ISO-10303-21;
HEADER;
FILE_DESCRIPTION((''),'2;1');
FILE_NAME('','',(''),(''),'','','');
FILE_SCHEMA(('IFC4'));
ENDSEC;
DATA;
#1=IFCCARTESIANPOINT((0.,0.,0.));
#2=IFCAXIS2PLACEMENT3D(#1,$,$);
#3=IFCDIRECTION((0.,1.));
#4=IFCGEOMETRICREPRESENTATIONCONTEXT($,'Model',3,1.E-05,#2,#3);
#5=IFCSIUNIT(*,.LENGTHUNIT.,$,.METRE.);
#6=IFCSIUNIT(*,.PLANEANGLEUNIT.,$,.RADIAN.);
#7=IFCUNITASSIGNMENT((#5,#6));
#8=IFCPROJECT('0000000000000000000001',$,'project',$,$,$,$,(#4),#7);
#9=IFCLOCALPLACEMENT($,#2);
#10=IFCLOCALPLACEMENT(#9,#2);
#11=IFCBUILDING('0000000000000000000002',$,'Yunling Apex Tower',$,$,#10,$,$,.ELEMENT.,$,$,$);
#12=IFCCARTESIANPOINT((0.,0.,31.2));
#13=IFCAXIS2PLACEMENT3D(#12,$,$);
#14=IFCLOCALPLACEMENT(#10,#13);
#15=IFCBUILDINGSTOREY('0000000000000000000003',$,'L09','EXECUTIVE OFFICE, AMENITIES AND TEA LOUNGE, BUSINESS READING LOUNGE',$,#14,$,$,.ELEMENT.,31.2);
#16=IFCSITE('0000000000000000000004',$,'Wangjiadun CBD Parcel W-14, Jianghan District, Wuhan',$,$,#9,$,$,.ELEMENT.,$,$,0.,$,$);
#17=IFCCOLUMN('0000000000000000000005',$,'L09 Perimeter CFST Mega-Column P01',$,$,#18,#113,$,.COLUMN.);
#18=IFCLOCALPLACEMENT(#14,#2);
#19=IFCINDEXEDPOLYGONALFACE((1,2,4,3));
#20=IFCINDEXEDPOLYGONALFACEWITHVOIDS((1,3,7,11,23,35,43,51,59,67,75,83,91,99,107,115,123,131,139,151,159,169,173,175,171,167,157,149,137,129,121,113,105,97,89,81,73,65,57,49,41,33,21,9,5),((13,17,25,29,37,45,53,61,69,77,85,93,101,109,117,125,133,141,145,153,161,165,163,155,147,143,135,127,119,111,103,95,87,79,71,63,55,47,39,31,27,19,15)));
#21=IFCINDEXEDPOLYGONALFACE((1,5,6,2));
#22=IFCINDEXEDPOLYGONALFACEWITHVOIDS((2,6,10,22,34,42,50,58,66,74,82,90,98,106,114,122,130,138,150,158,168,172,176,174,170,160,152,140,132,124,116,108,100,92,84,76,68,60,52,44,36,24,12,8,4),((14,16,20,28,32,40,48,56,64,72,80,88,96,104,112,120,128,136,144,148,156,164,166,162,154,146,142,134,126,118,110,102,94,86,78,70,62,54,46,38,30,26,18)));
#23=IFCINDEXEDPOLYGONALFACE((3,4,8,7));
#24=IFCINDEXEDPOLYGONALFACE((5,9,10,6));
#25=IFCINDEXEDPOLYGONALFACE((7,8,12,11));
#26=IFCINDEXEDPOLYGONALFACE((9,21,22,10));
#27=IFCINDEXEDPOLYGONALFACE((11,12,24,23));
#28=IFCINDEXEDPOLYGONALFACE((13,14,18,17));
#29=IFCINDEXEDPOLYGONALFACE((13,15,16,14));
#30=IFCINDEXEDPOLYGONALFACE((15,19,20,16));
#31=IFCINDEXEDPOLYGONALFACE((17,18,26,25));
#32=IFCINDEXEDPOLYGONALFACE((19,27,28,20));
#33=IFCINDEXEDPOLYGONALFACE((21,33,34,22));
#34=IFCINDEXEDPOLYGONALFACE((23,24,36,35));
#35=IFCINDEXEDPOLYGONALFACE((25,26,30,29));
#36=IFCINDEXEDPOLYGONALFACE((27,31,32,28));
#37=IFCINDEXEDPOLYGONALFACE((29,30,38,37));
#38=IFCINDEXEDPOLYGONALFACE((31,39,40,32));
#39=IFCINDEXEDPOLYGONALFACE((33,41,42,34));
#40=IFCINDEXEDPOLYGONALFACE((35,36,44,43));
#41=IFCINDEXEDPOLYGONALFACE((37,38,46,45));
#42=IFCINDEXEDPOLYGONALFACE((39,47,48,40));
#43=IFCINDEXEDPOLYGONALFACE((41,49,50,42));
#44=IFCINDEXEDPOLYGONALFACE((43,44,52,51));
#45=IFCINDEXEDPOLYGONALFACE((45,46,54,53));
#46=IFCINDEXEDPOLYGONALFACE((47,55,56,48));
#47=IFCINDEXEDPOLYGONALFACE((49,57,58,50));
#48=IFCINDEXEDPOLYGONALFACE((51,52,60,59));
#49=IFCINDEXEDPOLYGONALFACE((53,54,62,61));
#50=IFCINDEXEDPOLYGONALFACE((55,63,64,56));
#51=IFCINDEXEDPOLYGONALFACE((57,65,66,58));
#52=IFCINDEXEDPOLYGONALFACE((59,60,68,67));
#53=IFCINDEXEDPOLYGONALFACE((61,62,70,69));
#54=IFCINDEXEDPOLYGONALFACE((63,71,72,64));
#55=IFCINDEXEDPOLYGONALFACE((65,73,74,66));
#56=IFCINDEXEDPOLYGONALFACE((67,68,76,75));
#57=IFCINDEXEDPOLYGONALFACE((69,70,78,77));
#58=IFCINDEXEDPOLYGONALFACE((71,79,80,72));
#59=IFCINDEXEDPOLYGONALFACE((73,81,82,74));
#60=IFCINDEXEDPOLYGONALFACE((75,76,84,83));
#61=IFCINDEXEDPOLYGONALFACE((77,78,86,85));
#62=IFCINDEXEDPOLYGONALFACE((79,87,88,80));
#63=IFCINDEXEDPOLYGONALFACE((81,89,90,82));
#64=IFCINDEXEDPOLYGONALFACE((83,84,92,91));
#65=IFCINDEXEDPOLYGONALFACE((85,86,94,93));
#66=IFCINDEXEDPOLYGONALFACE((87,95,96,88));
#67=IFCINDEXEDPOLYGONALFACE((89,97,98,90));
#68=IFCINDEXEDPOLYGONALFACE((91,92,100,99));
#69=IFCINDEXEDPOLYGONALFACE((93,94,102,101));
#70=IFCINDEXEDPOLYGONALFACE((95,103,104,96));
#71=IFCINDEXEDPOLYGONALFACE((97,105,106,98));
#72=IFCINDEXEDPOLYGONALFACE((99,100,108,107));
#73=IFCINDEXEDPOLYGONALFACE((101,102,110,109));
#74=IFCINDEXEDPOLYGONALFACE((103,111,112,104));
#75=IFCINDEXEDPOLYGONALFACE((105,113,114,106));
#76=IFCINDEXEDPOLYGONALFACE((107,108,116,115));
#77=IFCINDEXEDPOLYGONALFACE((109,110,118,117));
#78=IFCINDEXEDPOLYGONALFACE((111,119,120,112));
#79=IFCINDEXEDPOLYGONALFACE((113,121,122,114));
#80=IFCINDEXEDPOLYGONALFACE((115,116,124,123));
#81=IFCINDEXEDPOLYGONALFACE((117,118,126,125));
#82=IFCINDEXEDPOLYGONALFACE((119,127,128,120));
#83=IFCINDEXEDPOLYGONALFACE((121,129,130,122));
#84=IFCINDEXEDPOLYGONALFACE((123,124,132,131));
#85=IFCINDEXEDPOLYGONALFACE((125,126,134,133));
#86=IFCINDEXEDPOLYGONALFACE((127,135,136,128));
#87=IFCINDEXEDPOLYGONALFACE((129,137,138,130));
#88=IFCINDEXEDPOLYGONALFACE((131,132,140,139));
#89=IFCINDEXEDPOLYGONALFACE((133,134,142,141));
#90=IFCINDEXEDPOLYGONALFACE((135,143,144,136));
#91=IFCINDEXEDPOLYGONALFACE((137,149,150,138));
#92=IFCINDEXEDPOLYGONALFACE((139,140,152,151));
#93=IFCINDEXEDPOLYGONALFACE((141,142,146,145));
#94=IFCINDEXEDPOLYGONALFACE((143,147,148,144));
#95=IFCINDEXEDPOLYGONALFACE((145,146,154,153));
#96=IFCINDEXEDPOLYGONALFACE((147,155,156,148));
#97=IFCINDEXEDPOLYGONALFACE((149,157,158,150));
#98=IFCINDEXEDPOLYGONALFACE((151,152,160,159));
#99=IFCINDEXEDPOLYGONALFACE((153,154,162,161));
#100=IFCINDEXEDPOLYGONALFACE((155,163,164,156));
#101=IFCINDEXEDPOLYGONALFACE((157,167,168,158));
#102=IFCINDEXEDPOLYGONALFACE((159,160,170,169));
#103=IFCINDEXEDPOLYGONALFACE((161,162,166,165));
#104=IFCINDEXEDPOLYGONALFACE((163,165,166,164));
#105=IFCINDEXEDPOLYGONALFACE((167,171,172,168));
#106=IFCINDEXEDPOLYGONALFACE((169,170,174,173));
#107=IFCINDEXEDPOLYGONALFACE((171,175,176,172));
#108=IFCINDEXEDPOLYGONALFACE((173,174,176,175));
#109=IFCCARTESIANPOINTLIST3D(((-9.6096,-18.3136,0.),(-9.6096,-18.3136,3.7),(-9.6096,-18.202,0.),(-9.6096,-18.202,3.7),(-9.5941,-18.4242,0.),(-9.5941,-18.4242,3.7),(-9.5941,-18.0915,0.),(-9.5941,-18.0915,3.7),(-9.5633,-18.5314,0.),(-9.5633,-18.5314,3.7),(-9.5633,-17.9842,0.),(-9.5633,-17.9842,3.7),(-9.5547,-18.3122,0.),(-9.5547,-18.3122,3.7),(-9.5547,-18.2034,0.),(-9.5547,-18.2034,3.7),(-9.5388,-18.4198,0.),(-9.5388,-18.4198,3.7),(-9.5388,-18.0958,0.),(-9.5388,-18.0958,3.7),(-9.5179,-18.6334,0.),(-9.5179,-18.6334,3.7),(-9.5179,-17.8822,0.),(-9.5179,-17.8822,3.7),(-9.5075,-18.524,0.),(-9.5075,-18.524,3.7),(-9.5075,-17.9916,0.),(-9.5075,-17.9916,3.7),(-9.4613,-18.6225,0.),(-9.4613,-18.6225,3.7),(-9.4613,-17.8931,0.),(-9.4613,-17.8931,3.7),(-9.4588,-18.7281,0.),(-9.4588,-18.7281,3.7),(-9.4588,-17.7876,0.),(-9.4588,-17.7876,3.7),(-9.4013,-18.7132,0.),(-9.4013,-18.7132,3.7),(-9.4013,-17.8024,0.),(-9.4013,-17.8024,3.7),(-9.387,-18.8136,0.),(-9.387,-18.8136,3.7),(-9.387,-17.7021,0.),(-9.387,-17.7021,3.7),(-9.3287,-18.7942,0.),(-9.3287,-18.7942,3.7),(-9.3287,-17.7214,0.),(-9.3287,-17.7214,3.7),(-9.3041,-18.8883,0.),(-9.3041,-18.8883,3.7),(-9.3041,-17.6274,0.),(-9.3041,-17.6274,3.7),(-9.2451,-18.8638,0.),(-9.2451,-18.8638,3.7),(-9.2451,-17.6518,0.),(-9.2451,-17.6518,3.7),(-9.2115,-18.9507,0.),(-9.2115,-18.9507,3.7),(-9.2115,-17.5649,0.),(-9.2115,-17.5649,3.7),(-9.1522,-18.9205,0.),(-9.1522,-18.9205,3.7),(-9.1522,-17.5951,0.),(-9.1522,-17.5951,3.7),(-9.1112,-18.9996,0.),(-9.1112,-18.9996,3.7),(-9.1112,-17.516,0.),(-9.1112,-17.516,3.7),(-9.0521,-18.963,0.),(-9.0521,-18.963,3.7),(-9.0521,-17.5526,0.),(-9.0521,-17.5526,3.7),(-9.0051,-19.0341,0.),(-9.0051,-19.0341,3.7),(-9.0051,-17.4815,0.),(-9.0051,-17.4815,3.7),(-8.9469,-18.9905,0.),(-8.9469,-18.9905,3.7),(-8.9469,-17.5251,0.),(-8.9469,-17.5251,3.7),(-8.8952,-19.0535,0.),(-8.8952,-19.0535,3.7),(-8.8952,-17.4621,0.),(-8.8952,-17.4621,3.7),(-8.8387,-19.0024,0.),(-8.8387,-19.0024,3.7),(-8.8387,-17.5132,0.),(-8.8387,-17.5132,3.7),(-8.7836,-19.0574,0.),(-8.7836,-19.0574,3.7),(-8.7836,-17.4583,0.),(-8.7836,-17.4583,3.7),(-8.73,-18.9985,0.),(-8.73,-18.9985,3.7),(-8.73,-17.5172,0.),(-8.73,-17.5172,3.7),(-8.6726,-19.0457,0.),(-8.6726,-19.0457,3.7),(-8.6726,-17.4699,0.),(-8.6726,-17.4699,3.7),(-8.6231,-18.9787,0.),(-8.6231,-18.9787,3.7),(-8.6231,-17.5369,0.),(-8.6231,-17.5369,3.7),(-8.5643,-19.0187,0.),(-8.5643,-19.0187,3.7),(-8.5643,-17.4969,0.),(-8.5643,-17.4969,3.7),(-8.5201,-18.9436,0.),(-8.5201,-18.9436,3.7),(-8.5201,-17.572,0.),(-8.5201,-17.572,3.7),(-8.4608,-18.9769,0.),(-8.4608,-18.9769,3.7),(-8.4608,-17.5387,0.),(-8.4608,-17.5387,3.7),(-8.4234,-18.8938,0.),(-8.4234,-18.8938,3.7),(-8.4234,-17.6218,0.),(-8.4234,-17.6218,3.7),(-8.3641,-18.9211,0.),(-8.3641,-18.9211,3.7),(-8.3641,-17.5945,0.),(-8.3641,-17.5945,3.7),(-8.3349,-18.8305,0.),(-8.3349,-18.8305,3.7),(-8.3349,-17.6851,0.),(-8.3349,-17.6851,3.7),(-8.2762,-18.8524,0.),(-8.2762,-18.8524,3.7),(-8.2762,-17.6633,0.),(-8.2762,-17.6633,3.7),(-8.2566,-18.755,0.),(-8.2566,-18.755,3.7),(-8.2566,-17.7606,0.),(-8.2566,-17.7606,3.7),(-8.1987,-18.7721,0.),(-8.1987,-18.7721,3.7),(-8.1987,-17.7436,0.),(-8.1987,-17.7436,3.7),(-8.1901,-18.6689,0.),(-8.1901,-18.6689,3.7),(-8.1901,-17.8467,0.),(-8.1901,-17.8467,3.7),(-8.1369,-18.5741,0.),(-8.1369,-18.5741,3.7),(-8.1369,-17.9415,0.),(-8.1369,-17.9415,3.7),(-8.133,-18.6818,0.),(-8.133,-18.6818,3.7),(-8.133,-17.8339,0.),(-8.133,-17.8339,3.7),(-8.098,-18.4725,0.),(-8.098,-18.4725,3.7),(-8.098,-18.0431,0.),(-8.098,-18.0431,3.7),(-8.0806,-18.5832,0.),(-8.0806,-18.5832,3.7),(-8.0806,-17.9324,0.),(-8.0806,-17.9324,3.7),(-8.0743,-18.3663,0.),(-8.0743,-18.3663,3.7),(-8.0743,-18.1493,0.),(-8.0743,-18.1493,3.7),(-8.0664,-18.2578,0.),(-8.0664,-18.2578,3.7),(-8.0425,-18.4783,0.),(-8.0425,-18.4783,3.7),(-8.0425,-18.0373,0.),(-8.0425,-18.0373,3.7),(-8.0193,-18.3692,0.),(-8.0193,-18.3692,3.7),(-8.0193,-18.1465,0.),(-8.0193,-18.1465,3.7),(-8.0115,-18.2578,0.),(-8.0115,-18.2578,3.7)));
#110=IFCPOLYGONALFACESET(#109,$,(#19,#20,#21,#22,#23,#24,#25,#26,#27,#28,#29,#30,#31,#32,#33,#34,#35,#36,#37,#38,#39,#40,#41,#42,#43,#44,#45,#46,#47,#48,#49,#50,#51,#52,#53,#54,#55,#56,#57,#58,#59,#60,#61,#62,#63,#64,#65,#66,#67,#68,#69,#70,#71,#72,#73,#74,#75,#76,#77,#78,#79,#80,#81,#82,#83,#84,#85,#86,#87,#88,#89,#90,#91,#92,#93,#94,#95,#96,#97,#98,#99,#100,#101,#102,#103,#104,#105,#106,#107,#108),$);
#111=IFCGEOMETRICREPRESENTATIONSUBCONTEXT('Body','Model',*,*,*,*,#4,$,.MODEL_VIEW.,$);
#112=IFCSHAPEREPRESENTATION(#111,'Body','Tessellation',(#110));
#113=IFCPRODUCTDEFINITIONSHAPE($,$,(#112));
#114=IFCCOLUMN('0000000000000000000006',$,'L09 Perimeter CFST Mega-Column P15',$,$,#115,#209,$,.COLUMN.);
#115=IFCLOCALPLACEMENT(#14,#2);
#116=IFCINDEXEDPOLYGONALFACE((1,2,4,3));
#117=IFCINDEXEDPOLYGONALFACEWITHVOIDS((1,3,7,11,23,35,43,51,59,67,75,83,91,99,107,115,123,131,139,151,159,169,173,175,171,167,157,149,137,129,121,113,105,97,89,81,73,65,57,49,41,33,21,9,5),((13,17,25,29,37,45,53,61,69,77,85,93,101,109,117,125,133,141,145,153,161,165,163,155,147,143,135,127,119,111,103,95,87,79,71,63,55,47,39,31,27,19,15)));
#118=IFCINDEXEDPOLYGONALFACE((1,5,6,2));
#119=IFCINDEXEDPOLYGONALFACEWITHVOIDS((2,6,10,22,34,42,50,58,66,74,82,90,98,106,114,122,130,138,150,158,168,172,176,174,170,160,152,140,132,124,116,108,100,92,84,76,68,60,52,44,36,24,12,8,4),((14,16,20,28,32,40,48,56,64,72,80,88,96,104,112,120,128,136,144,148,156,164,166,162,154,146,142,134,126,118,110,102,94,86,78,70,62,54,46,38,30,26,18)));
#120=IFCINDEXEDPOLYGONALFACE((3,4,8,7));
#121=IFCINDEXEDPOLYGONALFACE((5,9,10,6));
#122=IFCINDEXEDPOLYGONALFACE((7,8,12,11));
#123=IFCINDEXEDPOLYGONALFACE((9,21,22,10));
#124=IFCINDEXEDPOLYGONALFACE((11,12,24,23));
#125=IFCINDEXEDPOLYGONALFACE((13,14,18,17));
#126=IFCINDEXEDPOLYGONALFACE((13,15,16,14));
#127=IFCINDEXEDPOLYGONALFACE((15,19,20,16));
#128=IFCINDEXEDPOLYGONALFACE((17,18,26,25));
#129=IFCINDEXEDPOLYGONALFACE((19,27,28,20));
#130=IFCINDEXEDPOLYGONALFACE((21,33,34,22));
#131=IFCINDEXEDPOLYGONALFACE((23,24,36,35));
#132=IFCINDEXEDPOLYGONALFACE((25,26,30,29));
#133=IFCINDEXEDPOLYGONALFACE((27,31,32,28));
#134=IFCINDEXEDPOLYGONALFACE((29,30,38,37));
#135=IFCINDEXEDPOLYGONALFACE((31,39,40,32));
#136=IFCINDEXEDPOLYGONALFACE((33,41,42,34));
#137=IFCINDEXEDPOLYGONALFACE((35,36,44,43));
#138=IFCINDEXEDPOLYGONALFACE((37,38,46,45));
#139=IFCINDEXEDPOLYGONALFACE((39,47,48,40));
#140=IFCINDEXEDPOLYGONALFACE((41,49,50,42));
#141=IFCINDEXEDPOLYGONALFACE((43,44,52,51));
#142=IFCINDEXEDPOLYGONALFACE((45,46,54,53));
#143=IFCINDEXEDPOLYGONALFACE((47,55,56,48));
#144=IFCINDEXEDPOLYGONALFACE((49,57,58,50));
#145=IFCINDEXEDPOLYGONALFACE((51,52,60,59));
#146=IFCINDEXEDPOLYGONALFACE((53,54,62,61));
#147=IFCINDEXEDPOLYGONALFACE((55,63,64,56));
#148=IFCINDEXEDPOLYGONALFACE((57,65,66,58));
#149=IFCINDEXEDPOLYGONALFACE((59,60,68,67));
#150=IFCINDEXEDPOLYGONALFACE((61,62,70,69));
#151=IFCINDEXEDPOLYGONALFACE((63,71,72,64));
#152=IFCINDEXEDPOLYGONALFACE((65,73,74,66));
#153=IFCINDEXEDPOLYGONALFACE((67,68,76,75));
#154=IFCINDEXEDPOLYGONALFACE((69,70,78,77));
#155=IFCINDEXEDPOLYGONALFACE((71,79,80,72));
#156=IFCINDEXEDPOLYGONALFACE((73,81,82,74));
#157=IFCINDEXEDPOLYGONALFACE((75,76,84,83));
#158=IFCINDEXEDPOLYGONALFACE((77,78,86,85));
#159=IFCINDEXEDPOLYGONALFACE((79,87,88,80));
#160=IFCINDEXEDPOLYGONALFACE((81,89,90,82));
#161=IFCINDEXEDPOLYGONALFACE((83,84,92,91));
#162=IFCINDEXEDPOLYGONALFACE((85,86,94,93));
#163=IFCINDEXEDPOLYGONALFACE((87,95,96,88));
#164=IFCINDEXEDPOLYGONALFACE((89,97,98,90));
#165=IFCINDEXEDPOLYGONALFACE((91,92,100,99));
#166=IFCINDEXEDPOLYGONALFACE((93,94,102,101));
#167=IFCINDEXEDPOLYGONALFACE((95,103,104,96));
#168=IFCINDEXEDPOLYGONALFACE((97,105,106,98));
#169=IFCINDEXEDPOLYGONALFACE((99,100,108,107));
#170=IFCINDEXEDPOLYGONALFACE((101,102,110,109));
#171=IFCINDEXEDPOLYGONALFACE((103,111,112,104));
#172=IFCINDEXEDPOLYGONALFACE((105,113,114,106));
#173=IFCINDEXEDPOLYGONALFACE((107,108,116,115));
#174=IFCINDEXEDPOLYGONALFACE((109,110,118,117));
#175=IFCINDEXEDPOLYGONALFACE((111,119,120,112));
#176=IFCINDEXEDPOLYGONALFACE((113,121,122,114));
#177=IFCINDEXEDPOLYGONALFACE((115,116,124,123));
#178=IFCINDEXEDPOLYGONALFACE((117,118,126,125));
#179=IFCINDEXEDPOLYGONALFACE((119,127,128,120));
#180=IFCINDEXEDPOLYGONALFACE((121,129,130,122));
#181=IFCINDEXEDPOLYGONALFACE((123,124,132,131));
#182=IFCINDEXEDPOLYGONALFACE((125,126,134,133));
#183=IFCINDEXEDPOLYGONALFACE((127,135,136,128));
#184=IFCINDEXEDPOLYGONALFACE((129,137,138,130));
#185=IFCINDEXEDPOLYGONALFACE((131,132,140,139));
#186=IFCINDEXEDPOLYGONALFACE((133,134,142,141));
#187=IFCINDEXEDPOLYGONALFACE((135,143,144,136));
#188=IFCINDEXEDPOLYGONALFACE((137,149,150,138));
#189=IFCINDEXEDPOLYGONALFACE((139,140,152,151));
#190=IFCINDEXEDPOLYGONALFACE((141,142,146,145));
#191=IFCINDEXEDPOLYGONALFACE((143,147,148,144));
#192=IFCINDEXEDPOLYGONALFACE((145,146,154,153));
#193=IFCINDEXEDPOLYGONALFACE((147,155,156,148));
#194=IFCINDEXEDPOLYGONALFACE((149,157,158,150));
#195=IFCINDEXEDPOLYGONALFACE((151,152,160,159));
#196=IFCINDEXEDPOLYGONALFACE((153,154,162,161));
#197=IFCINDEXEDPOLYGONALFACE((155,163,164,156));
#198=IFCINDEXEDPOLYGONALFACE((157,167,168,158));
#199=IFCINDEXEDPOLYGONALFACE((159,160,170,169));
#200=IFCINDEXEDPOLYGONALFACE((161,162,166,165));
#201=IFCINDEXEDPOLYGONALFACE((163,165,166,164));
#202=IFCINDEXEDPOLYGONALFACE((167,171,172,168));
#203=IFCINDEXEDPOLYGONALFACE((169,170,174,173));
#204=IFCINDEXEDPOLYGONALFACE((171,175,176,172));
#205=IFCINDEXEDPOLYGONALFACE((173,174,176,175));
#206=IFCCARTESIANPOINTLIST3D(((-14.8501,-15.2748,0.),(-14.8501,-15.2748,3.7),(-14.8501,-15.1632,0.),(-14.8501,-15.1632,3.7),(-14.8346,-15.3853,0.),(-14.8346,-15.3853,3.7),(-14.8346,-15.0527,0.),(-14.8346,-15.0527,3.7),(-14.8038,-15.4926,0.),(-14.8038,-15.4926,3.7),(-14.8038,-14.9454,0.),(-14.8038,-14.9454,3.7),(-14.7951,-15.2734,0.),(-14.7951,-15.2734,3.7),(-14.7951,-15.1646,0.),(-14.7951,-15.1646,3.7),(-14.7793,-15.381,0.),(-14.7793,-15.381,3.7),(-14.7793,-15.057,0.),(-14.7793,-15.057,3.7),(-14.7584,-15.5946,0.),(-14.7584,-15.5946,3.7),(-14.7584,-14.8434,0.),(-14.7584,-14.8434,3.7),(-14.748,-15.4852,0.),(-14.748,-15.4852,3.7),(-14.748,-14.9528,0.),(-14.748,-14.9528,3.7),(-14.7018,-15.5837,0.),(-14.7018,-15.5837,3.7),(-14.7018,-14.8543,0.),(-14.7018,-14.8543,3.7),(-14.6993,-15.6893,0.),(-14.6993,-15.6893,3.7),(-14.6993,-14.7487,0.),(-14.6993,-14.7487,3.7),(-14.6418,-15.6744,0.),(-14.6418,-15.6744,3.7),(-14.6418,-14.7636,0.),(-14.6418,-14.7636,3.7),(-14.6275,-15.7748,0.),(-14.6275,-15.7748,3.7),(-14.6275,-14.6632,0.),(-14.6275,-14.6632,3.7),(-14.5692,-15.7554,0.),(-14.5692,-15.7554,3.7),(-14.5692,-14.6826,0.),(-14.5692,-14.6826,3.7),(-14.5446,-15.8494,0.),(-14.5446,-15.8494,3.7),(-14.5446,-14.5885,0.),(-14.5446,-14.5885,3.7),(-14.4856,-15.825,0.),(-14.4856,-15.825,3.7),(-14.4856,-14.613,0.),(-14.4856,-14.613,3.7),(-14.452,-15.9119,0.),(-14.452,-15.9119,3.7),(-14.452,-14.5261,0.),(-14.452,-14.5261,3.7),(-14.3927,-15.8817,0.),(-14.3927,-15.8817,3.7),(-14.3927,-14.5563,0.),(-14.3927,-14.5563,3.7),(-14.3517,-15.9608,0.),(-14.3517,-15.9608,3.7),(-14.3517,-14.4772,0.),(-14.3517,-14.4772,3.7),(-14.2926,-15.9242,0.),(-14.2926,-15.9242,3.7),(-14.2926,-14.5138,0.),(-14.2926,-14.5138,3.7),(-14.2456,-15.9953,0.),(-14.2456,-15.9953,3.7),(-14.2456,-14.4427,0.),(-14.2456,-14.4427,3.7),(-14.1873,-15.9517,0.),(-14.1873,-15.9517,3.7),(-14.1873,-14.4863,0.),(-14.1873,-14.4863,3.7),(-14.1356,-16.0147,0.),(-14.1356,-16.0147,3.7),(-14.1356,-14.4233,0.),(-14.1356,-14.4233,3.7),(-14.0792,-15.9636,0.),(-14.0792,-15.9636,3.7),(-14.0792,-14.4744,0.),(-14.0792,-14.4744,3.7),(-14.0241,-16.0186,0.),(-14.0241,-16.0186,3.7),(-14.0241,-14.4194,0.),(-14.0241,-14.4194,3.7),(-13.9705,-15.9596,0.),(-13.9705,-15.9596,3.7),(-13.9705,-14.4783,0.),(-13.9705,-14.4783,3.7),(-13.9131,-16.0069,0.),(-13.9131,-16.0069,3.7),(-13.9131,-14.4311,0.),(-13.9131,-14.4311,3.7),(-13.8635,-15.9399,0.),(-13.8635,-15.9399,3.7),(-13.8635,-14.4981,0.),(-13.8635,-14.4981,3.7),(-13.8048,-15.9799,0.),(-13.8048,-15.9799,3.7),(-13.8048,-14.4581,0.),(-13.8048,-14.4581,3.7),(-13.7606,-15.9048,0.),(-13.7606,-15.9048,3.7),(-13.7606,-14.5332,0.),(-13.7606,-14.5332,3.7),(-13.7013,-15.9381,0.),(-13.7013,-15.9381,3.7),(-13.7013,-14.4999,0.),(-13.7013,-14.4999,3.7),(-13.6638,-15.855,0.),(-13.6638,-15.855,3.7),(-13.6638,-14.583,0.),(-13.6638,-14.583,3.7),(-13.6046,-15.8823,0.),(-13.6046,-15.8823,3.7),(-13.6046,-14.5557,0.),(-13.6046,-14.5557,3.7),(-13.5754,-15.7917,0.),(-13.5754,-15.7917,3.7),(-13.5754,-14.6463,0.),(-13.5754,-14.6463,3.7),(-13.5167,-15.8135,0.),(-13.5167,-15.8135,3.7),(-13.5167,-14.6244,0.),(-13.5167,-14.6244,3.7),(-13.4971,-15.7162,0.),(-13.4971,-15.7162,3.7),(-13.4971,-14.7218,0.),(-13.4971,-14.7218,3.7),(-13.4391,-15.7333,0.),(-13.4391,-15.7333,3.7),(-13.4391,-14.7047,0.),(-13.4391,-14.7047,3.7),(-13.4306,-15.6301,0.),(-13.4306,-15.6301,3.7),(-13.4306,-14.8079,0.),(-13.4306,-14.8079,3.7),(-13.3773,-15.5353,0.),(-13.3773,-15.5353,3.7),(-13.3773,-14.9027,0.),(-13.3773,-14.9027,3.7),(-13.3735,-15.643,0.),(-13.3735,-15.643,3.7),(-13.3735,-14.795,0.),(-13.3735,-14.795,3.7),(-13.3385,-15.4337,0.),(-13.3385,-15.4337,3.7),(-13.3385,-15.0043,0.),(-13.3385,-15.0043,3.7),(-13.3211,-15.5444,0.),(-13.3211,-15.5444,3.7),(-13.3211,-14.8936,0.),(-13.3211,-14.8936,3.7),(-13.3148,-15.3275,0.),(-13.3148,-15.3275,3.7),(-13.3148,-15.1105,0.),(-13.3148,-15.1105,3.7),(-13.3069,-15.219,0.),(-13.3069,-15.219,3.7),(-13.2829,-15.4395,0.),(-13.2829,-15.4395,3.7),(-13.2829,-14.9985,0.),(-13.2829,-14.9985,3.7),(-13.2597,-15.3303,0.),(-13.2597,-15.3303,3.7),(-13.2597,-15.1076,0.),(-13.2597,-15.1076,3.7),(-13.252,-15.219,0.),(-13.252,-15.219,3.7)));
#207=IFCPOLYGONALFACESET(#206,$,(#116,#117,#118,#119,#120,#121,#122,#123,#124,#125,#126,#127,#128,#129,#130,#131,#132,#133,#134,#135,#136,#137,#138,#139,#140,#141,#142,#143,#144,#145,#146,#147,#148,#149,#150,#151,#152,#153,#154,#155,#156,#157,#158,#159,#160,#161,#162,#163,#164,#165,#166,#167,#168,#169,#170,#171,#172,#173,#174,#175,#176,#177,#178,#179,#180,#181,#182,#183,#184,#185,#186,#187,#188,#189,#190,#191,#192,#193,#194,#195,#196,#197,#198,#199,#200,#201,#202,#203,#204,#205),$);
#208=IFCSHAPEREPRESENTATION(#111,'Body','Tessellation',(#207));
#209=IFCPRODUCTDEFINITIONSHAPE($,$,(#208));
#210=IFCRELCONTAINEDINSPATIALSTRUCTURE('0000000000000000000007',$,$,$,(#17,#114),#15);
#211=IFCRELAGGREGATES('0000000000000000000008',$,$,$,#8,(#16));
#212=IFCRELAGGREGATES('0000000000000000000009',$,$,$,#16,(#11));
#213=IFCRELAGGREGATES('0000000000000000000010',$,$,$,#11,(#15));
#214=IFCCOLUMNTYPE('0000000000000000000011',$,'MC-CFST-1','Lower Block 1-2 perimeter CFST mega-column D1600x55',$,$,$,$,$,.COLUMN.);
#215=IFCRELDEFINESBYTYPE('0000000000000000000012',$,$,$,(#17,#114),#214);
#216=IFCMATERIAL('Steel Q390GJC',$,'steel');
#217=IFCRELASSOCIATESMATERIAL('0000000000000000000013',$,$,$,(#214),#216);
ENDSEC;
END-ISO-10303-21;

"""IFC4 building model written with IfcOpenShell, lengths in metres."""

from ifc_helpers import new_model, si_unit, direction, frame, origin, origin_2d, place, context, subcontext, project, spatial, hollow_circle, extrude, source, transform, mapped, material, material_profile, profile_set, type_object, element, save


model = new_model("IFC4")

# Units and contexts
model_context = context("Model", 3, precision=1e-05, world=origin(), true_north=direction((0.0, 1.0)))
body_context = subcontext(model_context, "Body", "Model", "MODEL_VIEW")
ifc_project = project(units=[si_unit("LENGTHUNIT", "METRE"), si_unit("PLANEANGLEUNIT", "RADIAN")], contexts=[model_context])

# Site, building, storey
site_placement = place(None, origin())
site = spatial("IfcSite", under=ifc_project, at=site_placement, Name="Wangjiadun CBD Parcel W-14, Jianghan District, Wuhan", CompositionType="ELEMENT", RefElevation=0.0)
building_placement = place(site_placement, origin())
building = spatial("IfcBuilding", under=site, at=building_placement, Name="Yunling Apex Tower", CompositionType="ELEMENT")
storey_placement = place(building_placement, frame((0.0, 0.0, 31.2)))
storey = spatial("IfcBuildingStorey", under=building, at=storey_placement, Name="L09", Description="EXECUTIVE OFFICE, AMENITIES AND TEA LOUNGE, BUSINESS READING LOUNGE", CompositionType="ELEMENT", Elevation=31.2)

# Columns
ifc_material_1 = material(Name="Steel Q390GJC", Category="steel")
ifc_material_profile_1 = material_profile(ifc_material_1, hollow_circle(Radius=0.8, WallThickness=0.0549, at=origin_2d()))
ifc_profile_set_1 = profile_set([ifc_material_profile_1], Name="Steel Q390GJC")
column_type = type_object("IfcColumnType", Name="MC-CFST-1", Description="Lower Block 1-2 perimeter CFST mega-column D1600x55", PredefinedType="COLUMN", material=ifc_profile_set_1)
shared_shape_1 = source(origin(), body_context, "Body", "SweptSolid", [
    extrude(hollow_circle(Radius=0.8, WallThickness=0.0549, at=origin_2d()), origin(), (0.0, 0.0, 1.0), 3.7),
])
for number, where, z_axis, x_axis, name in (
    (1, (-8.8115, -18.2578, 0.0), (0.0, 0.0, 1.0), (1.0, 0.0, 0.0), "L09 Perimeter CFST Mega-Column P01"),
    (2, (-14.052, -15.219, 0.0), (0.0, 0.0, 1.0), (1.0, 0.0, 0.0), "L09 Perimeter CFST Mega-Column P15"),
):
    element("IfcColumn", number, at=place(storey_placement, frame(where, z_axis=z_axis, x_axis=x_axis)), inside=storey, type_object=column_type, Name=name, PredefinedType="COLUMN", context=body_context, shape_type="MappedRepresentation", body=[
        mapped(shared_shape_1, transform((0.0, 0.0, 0.0), scale=1.0)),
    ])

save(model, "model.ifc")
